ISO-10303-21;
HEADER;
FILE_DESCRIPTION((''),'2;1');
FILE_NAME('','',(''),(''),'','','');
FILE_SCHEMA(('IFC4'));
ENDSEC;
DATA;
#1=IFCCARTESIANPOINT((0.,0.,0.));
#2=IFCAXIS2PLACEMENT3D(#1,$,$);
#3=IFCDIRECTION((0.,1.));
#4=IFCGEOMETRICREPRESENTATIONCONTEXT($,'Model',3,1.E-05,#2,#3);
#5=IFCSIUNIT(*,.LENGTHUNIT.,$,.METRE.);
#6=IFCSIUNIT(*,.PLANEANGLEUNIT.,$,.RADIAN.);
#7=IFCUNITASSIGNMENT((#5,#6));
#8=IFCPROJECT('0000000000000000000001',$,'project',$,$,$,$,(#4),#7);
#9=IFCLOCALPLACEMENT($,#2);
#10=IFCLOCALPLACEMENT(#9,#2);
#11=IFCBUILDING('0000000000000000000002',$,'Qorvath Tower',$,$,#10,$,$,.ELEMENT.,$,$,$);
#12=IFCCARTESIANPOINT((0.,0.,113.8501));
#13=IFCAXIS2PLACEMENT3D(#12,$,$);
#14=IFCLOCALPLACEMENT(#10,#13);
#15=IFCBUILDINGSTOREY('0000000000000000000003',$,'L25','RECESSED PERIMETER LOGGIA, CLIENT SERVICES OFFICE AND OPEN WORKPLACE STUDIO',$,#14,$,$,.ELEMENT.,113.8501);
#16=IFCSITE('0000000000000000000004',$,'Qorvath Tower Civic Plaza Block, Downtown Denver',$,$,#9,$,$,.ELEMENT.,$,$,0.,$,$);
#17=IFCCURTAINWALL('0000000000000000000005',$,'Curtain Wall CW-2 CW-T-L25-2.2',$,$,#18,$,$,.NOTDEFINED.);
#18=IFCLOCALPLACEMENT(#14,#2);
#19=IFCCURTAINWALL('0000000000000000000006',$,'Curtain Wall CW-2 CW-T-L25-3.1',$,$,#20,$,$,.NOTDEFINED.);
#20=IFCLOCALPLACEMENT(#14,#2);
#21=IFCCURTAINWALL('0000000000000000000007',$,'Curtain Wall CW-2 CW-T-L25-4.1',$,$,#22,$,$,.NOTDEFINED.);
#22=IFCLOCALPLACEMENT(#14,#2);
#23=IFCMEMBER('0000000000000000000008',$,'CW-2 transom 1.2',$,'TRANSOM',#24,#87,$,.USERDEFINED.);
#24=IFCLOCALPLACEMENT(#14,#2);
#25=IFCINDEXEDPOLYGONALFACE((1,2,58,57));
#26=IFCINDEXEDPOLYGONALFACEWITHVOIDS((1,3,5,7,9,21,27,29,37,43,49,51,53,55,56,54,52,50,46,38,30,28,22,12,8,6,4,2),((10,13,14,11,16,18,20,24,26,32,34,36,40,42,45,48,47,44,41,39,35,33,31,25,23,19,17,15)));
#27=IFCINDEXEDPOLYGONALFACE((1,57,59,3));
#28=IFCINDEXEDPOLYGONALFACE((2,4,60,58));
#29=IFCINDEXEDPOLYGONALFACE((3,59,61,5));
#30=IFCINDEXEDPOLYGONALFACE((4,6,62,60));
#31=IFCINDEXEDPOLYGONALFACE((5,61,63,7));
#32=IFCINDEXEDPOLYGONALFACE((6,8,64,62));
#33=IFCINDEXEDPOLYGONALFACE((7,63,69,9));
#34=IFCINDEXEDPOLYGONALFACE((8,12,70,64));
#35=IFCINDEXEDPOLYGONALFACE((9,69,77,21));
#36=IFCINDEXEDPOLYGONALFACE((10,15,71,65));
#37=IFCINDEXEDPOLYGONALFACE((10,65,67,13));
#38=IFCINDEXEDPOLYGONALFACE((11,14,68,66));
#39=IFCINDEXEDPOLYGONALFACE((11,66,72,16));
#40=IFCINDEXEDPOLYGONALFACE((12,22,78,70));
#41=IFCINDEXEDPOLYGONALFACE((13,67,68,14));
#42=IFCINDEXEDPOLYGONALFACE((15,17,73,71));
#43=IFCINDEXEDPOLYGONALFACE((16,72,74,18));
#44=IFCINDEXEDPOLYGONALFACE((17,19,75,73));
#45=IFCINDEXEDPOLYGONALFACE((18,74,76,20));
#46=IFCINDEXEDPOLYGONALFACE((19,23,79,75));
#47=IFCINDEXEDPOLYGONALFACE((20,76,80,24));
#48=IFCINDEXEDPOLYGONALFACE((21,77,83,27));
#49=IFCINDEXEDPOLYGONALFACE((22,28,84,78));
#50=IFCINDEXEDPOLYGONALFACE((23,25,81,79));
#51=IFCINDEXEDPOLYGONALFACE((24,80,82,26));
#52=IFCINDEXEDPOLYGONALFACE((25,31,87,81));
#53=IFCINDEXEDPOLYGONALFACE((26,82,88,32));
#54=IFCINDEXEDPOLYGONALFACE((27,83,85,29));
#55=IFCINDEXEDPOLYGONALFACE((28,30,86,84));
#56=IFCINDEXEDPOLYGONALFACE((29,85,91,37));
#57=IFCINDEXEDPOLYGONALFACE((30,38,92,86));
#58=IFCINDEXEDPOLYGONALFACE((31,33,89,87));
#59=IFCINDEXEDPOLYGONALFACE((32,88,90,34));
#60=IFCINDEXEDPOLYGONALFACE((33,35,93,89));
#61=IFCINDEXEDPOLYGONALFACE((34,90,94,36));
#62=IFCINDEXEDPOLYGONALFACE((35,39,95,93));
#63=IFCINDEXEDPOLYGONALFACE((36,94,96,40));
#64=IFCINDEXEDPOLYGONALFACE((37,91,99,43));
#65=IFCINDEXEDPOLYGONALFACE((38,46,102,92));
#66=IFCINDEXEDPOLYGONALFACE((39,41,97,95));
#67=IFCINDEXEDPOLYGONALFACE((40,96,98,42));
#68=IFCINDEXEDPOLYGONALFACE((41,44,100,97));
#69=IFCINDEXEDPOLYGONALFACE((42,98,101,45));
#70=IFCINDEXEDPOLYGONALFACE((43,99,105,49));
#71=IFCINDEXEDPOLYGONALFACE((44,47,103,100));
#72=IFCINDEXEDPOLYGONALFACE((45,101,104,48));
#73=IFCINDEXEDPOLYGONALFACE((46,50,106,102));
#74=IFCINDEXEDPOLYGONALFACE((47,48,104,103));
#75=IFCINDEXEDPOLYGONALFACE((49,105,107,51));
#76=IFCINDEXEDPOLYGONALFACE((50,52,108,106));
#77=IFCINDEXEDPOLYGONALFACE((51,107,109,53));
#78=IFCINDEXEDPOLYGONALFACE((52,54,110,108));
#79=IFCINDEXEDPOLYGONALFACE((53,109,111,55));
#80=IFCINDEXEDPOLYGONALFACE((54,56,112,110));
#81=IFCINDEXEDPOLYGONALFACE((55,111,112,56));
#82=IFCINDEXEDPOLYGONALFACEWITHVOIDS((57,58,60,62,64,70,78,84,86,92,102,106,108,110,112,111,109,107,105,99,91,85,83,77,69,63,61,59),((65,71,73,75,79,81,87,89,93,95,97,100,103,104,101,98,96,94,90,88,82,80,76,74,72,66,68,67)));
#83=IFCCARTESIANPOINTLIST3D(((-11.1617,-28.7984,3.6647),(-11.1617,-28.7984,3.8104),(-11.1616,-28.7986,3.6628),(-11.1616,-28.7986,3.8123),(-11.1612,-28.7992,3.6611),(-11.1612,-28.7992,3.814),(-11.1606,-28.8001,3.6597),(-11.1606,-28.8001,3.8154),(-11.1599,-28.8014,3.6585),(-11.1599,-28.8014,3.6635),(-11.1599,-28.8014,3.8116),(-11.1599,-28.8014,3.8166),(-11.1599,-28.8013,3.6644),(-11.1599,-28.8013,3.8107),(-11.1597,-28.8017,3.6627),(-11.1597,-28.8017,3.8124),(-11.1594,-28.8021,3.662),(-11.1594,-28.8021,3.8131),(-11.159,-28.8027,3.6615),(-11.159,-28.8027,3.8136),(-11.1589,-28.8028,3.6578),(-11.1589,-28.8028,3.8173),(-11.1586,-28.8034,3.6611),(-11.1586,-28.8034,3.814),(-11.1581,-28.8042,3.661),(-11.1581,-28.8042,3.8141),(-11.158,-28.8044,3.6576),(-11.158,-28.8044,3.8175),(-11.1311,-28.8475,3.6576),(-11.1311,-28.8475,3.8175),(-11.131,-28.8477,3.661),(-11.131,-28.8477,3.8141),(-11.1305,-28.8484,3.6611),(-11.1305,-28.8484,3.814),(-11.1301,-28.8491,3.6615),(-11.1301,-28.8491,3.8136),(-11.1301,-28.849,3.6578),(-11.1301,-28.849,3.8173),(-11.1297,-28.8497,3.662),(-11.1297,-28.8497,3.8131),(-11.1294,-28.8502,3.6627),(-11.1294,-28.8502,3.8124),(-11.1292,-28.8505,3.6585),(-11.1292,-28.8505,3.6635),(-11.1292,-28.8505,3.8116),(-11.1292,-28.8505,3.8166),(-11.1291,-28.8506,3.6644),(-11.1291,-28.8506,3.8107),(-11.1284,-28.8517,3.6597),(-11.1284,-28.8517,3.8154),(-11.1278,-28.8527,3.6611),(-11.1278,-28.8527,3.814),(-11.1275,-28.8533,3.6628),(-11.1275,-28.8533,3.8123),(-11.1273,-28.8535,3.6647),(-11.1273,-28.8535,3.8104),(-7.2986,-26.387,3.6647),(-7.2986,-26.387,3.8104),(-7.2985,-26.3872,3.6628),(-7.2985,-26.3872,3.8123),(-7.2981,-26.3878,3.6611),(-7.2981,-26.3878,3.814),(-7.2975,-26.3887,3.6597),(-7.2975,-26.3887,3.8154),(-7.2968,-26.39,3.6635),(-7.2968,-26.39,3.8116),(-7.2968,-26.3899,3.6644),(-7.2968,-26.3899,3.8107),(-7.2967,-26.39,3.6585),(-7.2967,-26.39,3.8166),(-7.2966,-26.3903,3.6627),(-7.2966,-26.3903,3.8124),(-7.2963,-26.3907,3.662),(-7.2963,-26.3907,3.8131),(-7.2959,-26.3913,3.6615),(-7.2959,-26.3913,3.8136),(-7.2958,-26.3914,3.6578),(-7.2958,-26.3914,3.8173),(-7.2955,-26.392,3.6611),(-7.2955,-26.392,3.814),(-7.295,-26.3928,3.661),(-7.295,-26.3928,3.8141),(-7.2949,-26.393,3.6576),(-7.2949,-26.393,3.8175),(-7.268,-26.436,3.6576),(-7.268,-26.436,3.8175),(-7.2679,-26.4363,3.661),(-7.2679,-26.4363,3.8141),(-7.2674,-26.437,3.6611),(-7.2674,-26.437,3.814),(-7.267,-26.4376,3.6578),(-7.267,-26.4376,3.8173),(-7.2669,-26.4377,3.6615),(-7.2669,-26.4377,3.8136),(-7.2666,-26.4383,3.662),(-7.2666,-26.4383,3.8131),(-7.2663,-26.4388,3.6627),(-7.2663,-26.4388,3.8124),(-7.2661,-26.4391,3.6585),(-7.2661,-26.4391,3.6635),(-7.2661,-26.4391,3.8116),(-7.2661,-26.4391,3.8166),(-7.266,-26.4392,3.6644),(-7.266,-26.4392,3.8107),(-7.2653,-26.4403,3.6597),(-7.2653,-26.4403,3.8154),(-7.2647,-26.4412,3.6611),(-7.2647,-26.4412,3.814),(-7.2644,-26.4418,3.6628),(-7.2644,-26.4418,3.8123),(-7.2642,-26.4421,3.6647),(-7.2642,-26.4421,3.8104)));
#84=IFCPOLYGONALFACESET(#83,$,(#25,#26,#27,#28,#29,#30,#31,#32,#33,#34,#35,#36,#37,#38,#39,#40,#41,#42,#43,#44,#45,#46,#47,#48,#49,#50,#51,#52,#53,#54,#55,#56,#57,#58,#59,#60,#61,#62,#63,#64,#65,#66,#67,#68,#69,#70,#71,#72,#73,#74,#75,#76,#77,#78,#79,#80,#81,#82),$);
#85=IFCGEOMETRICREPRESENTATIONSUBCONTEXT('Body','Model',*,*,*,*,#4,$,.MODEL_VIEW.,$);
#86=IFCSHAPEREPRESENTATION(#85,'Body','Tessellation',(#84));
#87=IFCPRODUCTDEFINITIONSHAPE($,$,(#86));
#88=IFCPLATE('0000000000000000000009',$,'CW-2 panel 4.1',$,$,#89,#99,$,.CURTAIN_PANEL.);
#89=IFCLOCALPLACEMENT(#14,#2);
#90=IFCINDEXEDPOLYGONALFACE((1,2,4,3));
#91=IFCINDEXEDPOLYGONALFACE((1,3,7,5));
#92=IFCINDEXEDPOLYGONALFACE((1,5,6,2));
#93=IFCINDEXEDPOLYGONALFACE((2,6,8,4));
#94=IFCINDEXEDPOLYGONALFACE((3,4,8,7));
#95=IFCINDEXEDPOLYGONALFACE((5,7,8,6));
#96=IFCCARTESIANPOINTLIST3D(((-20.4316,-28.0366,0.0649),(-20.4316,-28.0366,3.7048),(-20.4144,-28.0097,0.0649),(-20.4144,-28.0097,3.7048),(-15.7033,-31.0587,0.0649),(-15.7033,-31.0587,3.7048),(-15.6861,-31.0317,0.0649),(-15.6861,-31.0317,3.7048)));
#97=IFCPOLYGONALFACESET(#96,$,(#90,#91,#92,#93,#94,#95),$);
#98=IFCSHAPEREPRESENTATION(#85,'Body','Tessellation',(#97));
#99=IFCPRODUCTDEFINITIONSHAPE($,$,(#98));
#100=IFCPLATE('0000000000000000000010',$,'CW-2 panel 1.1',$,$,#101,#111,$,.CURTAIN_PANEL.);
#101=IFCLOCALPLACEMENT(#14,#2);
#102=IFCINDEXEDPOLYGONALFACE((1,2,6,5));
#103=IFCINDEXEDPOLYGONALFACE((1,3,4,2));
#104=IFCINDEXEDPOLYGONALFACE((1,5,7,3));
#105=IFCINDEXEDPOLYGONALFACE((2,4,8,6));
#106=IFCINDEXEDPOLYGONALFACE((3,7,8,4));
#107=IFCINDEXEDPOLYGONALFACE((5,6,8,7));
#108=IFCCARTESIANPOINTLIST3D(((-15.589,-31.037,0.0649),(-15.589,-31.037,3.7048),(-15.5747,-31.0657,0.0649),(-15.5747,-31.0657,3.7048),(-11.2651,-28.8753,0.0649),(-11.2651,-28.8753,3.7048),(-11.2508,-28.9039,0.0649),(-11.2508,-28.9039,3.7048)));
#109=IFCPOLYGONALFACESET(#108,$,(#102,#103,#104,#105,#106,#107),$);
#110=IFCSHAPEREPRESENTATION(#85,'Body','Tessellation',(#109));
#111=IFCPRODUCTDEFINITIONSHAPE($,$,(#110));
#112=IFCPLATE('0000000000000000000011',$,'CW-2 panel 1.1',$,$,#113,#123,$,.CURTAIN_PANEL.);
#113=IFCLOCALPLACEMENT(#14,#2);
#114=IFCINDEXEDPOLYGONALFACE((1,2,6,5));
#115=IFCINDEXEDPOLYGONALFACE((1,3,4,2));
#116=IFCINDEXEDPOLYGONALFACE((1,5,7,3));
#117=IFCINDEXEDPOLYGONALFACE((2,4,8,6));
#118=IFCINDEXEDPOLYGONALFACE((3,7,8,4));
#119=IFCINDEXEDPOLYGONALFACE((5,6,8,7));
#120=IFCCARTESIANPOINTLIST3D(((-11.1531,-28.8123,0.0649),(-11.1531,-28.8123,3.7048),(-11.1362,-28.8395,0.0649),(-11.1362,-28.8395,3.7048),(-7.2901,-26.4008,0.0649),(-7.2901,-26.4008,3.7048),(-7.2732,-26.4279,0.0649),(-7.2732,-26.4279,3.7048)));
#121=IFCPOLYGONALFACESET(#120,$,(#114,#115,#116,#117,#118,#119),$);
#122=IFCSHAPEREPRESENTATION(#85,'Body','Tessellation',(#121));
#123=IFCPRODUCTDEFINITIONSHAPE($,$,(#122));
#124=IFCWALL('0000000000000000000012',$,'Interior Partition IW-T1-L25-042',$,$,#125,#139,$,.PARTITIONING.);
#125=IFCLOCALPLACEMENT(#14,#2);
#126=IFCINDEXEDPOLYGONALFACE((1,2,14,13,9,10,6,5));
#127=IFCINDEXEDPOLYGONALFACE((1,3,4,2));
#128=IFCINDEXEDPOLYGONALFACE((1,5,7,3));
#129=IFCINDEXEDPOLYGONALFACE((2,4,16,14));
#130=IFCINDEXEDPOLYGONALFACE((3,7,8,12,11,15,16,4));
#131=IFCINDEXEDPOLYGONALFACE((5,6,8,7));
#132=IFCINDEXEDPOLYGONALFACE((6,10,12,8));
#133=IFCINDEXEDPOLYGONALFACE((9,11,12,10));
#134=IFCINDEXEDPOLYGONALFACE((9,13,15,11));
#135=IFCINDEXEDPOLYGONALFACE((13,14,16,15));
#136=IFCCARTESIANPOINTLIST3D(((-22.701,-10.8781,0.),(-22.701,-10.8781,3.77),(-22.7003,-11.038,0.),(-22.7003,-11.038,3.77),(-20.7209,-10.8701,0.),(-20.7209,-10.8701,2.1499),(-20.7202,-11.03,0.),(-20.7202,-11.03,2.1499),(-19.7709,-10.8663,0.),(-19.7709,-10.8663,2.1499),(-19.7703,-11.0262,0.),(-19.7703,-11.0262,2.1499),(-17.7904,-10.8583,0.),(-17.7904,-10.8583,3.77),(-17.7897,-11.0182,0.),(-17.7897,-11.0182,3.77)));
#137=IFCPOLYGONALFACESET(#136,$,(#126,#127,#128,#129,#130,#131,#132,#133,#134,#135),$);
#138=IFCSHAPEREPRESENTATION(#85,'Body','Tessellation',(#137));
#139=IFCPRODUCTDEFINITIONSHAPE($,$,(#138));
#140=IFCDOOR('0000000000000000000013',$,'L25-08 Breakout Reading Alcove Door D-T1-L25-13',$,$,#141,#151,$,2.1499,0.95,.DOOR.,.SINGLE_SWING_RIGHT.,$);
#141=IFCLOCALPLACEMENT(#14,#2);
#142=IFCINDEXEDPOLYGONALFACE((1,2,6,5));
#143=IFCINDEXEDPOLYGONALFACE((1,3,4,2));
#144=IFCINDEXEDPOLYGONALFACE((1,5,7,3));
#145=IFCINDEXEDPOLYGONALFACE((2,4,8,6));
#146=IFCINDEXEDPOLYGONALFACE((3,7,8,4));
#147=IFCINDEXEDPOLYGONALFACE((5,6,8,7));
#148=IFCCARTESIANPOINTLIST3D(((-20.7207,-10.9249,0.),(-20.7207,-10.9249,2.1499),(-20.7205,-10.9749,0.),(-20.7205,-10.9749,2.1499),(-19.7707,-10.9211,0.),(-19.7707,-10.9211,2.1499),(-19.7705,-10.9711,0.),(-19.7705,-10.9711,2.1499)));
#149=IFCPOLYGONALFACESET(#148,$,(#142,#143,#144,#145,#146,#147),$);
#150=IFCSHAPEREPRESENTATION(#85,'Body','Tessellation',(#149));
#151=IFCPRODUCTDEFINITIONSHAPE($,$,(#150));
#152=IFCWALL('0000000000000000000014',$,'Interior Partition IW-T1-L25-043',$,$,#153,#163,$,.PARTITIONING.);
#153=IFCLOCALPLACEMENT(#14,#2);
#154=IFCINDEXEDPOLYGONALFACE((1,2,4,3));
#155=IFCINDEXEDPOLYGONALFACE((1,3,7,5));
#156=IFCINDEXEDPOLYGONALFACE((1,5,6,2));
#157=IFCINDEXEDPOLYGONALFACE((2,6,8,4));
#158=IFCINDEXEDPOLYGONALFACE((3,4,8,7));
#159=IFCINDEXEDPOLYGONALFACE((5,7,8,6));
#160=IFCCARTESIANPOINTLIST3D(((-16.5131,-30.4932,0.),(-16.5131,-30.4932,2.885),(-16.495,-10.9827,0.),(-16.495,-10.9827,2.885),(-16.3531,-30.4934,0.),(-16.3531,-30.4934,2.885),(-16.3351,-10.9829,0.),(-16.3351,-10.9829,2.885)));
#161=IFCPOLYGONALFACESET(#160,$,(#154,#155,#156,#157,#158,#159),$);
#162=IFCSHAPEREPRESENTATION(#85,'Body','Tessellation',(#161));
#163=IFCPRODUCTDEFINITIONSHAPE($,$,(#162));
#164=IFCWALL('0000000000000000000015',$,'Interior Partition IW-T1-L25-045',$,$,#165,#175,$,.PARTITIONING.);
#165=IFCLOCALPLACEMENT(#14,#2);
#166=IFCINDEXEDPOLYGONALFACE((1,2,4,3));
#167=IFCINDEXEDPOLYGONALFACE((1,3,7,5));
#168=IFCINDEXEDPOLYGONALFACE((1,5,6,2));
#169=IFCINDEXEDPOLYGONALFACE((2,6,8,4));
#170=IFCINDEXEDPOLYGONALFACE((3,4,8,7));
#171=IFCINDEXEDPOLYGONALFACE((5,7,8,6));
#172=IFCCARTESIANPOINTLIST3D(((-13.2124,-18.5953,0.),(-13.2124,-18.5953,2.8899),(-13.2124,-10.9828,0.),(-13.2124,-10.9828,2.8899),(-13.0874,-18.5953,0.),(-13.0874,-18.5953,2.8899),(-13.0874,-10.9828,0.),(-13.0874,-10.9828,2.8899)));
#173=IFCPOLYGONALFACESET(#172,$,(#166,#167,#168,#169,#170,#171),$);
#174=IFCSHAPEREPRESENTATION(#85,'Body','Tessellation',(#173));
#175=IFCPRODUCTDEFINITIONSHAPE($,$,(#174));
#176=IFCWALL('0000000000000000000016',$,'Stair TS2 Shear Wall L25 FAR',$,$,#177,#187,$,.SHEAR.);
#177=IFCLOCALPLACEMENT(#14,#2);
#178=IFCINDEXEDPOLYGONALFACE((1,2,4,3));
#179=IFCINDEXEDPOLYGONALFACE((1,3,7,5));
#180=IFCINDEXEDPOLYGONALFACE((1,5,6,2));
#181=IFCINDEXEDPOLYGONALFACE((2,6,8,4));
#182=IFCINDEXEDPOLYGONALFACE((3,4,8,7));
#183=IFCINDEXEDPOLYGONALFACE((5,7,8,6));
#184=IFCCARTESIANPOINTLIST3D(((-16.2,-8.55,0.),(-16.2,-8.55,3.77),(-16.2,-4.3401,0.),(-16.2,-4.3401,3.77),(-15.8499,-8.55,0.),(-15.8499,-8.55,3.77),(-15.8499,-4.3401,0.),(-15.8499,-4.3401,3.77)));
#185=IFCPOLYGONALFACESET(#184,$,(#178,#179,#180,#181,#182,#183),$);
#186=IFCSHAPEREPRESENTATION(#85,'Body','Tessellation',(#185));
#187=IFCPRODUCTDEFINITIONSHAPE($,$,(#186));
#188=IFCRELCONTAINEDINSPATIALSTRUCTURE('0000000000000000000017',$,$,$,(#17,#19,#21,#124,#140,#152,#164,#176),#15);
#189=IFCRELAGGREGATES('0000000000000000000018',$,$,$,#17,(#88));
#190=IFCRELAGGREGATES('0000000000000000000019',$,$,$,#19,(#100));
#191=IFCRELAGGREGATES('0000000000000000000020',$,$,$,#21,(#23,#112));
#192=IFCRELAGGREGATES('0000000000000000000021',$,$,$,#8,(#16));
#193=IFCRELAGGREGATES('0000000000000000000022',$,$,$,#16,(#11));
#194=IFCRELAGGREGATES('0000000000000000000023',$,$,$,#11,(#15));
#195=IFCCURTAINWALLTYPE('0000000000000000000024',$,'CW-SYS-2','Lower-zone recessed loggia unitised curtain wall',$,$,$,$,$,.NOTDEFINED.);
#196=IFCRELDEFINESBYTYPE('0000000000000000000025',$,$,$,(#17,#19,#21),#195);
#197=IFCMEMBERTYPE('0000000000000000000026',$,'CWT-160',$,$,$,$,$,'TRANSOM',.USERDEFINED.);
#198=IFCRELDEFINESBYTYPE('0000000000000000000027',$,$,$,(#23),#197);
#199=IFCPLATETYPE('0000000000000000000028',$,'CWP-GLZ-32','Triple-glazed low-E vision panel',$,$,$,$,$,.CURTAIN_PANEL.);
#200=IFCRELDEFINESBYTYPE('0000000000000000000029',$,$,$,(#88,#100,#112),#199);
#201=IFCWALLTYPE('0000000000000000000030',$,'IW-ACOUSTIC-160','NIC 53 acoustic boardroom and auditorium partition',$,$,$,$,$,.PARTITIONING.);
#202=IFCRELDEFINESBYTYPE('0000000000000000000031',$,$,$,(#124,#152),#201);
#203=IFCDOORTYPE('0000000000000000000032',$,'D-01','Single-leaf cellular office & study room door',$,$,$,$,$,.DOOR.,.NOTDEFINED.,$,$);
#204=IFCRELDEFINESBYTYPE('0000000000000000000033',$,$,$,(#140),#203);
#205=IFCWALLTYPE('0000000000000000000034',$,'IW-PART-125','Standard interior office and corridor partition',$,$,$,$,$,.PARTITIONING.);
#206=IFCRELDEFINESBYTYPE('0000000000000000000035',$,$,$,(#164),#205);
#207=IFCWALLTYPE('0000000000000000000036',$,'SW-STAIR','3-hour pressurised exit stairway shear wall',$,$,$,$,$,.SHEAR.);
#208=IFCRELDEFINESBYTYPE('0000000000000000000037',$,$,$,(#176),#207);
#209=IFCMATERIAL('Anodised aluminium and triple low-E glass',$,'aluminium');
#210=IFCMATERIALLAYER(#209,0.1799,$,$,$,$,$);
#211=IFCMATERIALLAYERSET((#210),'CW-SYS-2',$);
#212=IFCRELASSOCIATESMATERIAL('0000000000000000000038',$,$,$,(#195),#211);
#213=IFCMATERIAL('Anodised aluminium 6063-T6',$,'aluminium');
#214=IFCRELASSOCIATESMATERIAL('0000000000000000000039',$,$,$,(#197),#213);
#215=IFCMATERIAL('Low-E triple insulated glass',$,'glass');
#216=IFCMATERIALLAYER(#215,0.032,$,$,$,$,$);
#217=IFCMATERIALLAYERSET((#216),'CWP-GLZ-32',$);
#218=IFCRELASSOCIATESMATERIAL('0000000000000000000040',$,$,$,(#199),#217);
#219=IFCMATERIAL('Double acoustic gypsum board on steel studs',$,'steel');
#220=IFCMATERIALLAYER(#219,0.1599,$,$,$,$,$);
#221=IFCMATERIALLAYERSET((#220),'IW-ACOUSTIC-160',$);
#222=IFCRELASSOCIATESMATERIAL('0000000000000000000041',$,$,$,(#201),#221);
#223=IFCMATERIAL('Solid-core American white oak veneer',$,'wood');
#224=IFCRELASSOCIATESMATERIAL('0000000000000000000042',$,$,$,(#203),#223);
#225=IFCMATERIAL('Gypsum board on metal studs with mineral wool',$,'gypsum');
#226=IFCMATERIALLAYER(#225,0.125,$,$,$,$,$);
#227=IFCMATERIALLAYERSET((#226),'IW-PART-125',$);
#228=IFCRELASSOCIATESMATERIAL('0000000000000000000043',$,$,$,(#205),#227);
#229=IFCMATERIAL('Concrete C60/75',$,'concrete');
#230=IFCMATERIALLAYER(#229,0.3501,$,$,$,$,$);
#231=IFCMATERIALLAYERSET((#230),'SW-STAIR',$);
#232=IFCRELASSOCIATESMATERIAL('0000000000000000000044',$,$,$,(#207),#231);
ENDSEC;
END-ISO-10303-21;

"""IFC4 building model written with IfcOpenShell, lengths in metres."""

from ifc_helpers import new_model, si_unit, direction, frame, frame_2d, origin, origin_2d, place, context, subcontext, project, spatial, rectangle, hollow_rectangle, extrude, material, layer, layer_set, material_profile, profile_set, type_object, element, fill, aggregate, save


model = new_model("IFC4")

# Units and contexts
model_context = context("Model", 3, precision=1e-05, world=origin(), true_north=direction((0.0, 1.0)))
body_context = subcontext(model_context, "Body", "Model", "MODEL_VIEW")
ifc_project = project(units=[si_unit("LENGTHUNIT", "METRE"), si_unit("PLANEANGLEUNIT", "RADIAN")], contexts=[model_context])

# Site, building, storey
site_placement = place(None, origin())
site = spatial("IfcSite", under=ifc_project, at=site_placement, Name="Qorvath Tower Civic Plaza Block, Downtown Denver", CompositionType="ELEMENT", RefElevation=0.0)
building_placement = place(site_placement, origin())
building = spatial("IfcBuilding", under=site, at=building_placement, Name="Qorvath Tower", CompositionType="ELEMENT")
storey_placement = place(building_placement, frame((0.0, 0.0, 113.8501)))
storey = spatial("IfcBuildingStorey", under=building, at=storey_placement, Name="L25", Description="RECESSED PERIMETER LOGGIA, CLIENT SERVICES OFFICE AND OPEN WORKPLACE STUDIO", CompositionType="ELEMENT", Elevation=113.8501)

# Curtain wall
ifc_material_1 = material(Name="Anodised aluminium and triple low-E glass", Category="aluminium")
ifc_layer_1 = layer(ifc_material_1, 0.1799)
ifc_layer_set_1 = layer_set([ifc_layer_1], Name="CW-SYS-2")
curtain_wall_type = type_object("IfcCurtainWallType", Name="CW-SYS-2", Description="Lower-zone recessed loggia unitised curtain wall", PredefinedType="NOTDEFINED", material=ifc_layer_set_1)
curtain_wall_1_placement = place(storey_placement, origin())
curtain_wall_1 = element("IfcCurtainWall", 1, at=curtain_wall_1_placement, inside=storey, type_object=curtain_wall_type, Name="Curtain Wall CW-2 CW-T-L25-2.2", PredefinedType="NOTDEFINED")

# Curtain wall
curtain_wall_2_placement = place(storey_placement, origin())
curtain_wall_2 = element("IfcCurtainWall", 2, at=curtain_wall_2_placement, inside=storey, type_object=curtain_wall_type, Name="Curtain Wall CW-2 CW-T-L25-3.1", PredefinedType="NOTDEFINED")

# Curtain wall
curtain_wall_3_placement = place(storey_placement, origin())
curtain_wall_3 = element("IfcCurtainWall", 3, at=curtain_wall_3_placement, inside=storey, type_object=curtain_wall_type, Name="Curtain Wall CW-2 CW-T-L25-4.1", PredefinedType="NOTDEFINED")

# Member
ifc_material_2 = material(Name="Anodised aluminium 6063-T6", Category="aluminium")
ifc_material_profile_1 = material_profile(ifc_material_2, hollow_rectangle(XDim=0.0649, YDim=0.1599, WallThickness=0.0034, InnerFilletRadius=0.0034, OuterFilletRadius=0.0071, at=origin_2d()), Name="CWT 160x65")
ifc_profile_set_1 = profile_set([ifc_material_profile_1], Name="Anodised aluminium 6063-T6")
member_type_1 = type_object("IfcMemberType", Name="CWT-160", ElementType="TRANSOM", PredefinedType="USERDEFINED", material=ifc_profile_set_1)
member_1_placement = place(storey_placement, frame((-11.1445, -28.8259, 3.7375), z_axis=(0.848296, 0.529522, 0.0), x_axis=(-0.529522, 0.848296, 0.0)))
member_1 = element("IfcMember", 4, at=member_1_placement, type_object=member_type_1, Name="CW-2 transom 1.2", ObjectType="TRANSOM", PredefinedType="USERDEFINED", context=body_context, shape_type="SweptSolid", body=[
    extrude(hollow_rectangle(XDim=0.0649, YDim=0.1599, WallThickness=0.0034, InnerFilletRadius=0.0034, OuterFilletRadius=0.0071, at=origin_2d()), origin(), (0.0, 0.0, 1.0), 4.554),
])

# Plates
ifc_material_3 = material(Name="Low-E triple insulated glass", Category="glass")
ifc_layer_2 = layer(ifc_material_3, 0.032)
ifc_layer_set_2 = layer_set([ifc_layer_2], Name="CWP-GLZ-32")
plate_type = type_object("IfcPlateType", Name="CWP-GLZ-32", Description="Triple-glazed low-E vision panel", PredefinedType="CURTAIN_PANEL", material=ifc_layer_set_2)
plate_1_placement = place(storey_placement, frame((-18.0588, -29.5342, 0.0649), z_axis=(0.0, 0.0, 1.0), x_axis=(0.842601, -0.538538, 0.0)))
plate_1 = element("IfcPlate", 5, at=plate_1_placement, type_object=plate_type, Name="CW-2 panel 4.1", PredefinedType="CURTAIN_PANEL", context=body_context, shape_type="SweptSolid", body=[
    extrude(rectangle(XDim=5.6116, YDim=0.032, at=origin_2d()), origin(), (0.0, 0.0, 1.0), 3.6399),
])
aggregate(curtain_wall_1, [plate_1])
plate_2_placement = place(storey_placement, frame((-13.4199, -29.9705, 0.0649), z_axis=(0.0, 0.0, 1.0), x_axis=(0.894443, 0.447181, 0.0)))
plate_2 = element("IfcPlate", 6, at=plate_2_placement, type_object=plate_type, Name="CW-2 panel 1.1", PredefinedType="CURTAIN_PANEL", context=body_context, shape_type="SweptSolid", body=[
    extrude(rectangle(XDim=4.8342, YDim=0.032, at=origin_2d()), origin(), (0.0, 0.0, 1.0), 3.6399),
])
aggregate(curtain_wall_2, [plate_2])
plate_3_placement = place(storey_placement, frame((-9.2131, -27.6201, 0.0649), z_axis=(0.0, 0.0, 1.0), x_axis=(0.84828, 0.529549, 0.0)))
plate_3 = element("IfcPlate", 7, at=plate_3_placement, type_object=plate_type, Name="CW-2 panel 1.1", PredefinedType="CURTAIN_PANEL", context=body_context, shape_type="SweptSolid", body=[
    extrude(rectangle(XDim=4.554, YDim=0.032, at=origin_2d()), origin(), (0.0, 0.0, 1.0), 3.6399),
])
aggregate(curtain_wall_3, [member_1, plate_3])

# Wall, opening, door
ifc_material_4 = material(Name="Double acoustic gypsum board on steel studs", Category="steel")
ifc_layer_3 = layer(ifc_material_4, 0.1599)
ifc_layer_set_3 = layer_set([ifc_layer_3], Name="IW-ACOUSTIC-160")
wall_type_1 = type_object("IfcWallType", Name="IW-ACOUSTIC-160", Description="NIC 53 acoustic boardroom and auditorium partition", PredefinedType="PARTITIONING", material=ifc_layer_set_3)
wall_1_placement = place(storey_placement, frame((-17.79, -10.9382, 0.0), z_axis=(0.0, 0.0, 1.0), x_axis=(-0.999992, -0.004027, 0.0)))
wall_1 = element("IfcWall", 8, at=wall_1_placement, inside=storey, type_object=wall_type_1, Name="Interior Partition IW-T1-L25-042", PredefinedType="PARTITIONING", context=body_context, shape_type="SweptSolid", body=[
    extrude(rectangle(XDim=4.9106, YDim=0.1599, at=frame_2d((2.4553, 0.0))), origin(), (0.0, 0.0, 1.0), 3.77),
])
opening_1_placement = place(wall_1_placement, frame((1.9805, 0.0, 0.0)))
opening_1 = element("IfcOpeningElement", 9, at=opening_1_placement, cuts=wall_1, PredefinedType="OPENING", context=body_context, shape_type="SweptSolid", body=[
    extrude(rectangle(XDim=0.95, YDim=2.1499, at=frame_2d((0.4751, 1.075))), frame((0.0, 0.0898, 0.0), z_axis=(0.0, -1.0, 0.0), x_axis=(1.0, 0.0, 0.0)), (0.0, 0.0, 1.0), 0.1799),
])
ifc_material_5 = material(Name="Solid-core American white oak veneer", Category="wood")
door_type = type_object("IfcDoorType", Name="D-01", Description="Single-leaf cellular office & study room door", OperationType="NOTDEFINED", PredefinedType="DOOR", material=ifc_material_5)
door_1_placement = place(opening_1_placement, origin())
door_1 = element("IfcDoor", 10, at=door_1_placement, inside=storey, type_object=door_type, Name="L25-08 Breakout Reading Alcove Door D-T1-L25-13", OperationType="SINGLE_SWING_RIGHT", OverallHeight=2.1499, OverallWidth=0.95, PredefinedType="DOOR", context=body_context, shape_type="SweptSolid", body=[
    extrude(rectangle(XDim=0.95, YDim=2.1499, at=frame_2d((0.4751, 1.075))), frame((0.0, 0.0249, 0.0), z_axis=(0.0, -1.0, 0.0), x_axis=(1.0, 0.0, 0.0)), (0.0, 0.0, 1.0), 0.05),
])
fill(opening_1, door_1)

# Walls
wall_2_placement = place(storey_placement, frame((-16.4331, -30.4934, 0.0), z_axis=(0.0, 0.0, 1.0), x_axis=(0.000926, 1.0, 0.0)))
element("IfcWall", 11, at=wall_2_placement, inside=storey, type_object=wall_type_1, Name="Interior Partition IW-T1-L25-043", PredefinedType="PARTITIONING", context=body_context, shape_type="SweptSolid", body=[
    extrude(rectangle(XDim=19.5105, YDim=0.1599, at=frame_2d((9.7554, 0.0))), origin(), (0.0, 0.0, 1.0), 2.885),
])
ifc_material_6 = material(Name="Gypsum board on metal studs with mineral wool", Category="gypsum")
ifc_layer_4 = layer(ifc_material_6, 0.125)
ifc_layer_set_4 = layer_set([ifc_layer_4], Name="IW-PART-125")
wall_type_2 = type_object("IfcWallType", Name="IW-PART-125", Description="Standard interior office and corridor partition", PredefinedType="PARTITIONING", material=ifc_layer_set_4)
wall_3_placement = place(storey_placement, frame((-13.1499, -10.9829, 0.0), z_axis=(0.0, 0.0, 1.0), x_axis=(0.0, -1.0, 0.0)))
element("IfcWall", 12, at=wall_3_placement, inside=storey, type_object=wall_type_2, Name="Interior Partition IW-T1-L25-045", PredefinedType="PARTITIONING", context=body_context, shape_type="SweptSolid", body=[
    extrude(rectangle(XDim=7.6125, YDim=0.125, at=frame_2d((3.8062, 0.0))), origin(), (0.0, 0.0, 1.0), 2.8899),
])

# Wall
ifc_material_7 = material(Name="Concrete C60/75", Category="concrete")
ifc_layer_5 = layer(ifc_material_7, 0.3501)
ifc_layer_set_5 = layer_set([ifc_layer_5], Name="SW-STAIR")
wall_type_3 = type_object("IfcWallType", Name="SW-STAIR", Description="3-hour pressurised exit stairway shear wall", PredefinedType="SHEAR", material=ifc_layer_set_5)
wall_4_placement = place(storey_placement, frame((-16.0249, -8.55, 0.0), z_axis=(0.0, 0.0, 1.0), x_axis=(0.0, 1.0, 0.0)))
element("IfcWall", 13, at=wall_4_placement, inside=storey, type_object=wall_type_3, Name="Stair TS2 Shear Wall L25 FAR", PredefinedType="SHEAR", context=body_context, shape_type="SweptSolid", body=[
    extrude(rectangle(XDim=4.21, YDim=0.3501, at=frame_2d((2.105, 0.0))), origin(), (0.0, 0.0, 1.0), 3.77),
])

save(model, "model.ifc")
